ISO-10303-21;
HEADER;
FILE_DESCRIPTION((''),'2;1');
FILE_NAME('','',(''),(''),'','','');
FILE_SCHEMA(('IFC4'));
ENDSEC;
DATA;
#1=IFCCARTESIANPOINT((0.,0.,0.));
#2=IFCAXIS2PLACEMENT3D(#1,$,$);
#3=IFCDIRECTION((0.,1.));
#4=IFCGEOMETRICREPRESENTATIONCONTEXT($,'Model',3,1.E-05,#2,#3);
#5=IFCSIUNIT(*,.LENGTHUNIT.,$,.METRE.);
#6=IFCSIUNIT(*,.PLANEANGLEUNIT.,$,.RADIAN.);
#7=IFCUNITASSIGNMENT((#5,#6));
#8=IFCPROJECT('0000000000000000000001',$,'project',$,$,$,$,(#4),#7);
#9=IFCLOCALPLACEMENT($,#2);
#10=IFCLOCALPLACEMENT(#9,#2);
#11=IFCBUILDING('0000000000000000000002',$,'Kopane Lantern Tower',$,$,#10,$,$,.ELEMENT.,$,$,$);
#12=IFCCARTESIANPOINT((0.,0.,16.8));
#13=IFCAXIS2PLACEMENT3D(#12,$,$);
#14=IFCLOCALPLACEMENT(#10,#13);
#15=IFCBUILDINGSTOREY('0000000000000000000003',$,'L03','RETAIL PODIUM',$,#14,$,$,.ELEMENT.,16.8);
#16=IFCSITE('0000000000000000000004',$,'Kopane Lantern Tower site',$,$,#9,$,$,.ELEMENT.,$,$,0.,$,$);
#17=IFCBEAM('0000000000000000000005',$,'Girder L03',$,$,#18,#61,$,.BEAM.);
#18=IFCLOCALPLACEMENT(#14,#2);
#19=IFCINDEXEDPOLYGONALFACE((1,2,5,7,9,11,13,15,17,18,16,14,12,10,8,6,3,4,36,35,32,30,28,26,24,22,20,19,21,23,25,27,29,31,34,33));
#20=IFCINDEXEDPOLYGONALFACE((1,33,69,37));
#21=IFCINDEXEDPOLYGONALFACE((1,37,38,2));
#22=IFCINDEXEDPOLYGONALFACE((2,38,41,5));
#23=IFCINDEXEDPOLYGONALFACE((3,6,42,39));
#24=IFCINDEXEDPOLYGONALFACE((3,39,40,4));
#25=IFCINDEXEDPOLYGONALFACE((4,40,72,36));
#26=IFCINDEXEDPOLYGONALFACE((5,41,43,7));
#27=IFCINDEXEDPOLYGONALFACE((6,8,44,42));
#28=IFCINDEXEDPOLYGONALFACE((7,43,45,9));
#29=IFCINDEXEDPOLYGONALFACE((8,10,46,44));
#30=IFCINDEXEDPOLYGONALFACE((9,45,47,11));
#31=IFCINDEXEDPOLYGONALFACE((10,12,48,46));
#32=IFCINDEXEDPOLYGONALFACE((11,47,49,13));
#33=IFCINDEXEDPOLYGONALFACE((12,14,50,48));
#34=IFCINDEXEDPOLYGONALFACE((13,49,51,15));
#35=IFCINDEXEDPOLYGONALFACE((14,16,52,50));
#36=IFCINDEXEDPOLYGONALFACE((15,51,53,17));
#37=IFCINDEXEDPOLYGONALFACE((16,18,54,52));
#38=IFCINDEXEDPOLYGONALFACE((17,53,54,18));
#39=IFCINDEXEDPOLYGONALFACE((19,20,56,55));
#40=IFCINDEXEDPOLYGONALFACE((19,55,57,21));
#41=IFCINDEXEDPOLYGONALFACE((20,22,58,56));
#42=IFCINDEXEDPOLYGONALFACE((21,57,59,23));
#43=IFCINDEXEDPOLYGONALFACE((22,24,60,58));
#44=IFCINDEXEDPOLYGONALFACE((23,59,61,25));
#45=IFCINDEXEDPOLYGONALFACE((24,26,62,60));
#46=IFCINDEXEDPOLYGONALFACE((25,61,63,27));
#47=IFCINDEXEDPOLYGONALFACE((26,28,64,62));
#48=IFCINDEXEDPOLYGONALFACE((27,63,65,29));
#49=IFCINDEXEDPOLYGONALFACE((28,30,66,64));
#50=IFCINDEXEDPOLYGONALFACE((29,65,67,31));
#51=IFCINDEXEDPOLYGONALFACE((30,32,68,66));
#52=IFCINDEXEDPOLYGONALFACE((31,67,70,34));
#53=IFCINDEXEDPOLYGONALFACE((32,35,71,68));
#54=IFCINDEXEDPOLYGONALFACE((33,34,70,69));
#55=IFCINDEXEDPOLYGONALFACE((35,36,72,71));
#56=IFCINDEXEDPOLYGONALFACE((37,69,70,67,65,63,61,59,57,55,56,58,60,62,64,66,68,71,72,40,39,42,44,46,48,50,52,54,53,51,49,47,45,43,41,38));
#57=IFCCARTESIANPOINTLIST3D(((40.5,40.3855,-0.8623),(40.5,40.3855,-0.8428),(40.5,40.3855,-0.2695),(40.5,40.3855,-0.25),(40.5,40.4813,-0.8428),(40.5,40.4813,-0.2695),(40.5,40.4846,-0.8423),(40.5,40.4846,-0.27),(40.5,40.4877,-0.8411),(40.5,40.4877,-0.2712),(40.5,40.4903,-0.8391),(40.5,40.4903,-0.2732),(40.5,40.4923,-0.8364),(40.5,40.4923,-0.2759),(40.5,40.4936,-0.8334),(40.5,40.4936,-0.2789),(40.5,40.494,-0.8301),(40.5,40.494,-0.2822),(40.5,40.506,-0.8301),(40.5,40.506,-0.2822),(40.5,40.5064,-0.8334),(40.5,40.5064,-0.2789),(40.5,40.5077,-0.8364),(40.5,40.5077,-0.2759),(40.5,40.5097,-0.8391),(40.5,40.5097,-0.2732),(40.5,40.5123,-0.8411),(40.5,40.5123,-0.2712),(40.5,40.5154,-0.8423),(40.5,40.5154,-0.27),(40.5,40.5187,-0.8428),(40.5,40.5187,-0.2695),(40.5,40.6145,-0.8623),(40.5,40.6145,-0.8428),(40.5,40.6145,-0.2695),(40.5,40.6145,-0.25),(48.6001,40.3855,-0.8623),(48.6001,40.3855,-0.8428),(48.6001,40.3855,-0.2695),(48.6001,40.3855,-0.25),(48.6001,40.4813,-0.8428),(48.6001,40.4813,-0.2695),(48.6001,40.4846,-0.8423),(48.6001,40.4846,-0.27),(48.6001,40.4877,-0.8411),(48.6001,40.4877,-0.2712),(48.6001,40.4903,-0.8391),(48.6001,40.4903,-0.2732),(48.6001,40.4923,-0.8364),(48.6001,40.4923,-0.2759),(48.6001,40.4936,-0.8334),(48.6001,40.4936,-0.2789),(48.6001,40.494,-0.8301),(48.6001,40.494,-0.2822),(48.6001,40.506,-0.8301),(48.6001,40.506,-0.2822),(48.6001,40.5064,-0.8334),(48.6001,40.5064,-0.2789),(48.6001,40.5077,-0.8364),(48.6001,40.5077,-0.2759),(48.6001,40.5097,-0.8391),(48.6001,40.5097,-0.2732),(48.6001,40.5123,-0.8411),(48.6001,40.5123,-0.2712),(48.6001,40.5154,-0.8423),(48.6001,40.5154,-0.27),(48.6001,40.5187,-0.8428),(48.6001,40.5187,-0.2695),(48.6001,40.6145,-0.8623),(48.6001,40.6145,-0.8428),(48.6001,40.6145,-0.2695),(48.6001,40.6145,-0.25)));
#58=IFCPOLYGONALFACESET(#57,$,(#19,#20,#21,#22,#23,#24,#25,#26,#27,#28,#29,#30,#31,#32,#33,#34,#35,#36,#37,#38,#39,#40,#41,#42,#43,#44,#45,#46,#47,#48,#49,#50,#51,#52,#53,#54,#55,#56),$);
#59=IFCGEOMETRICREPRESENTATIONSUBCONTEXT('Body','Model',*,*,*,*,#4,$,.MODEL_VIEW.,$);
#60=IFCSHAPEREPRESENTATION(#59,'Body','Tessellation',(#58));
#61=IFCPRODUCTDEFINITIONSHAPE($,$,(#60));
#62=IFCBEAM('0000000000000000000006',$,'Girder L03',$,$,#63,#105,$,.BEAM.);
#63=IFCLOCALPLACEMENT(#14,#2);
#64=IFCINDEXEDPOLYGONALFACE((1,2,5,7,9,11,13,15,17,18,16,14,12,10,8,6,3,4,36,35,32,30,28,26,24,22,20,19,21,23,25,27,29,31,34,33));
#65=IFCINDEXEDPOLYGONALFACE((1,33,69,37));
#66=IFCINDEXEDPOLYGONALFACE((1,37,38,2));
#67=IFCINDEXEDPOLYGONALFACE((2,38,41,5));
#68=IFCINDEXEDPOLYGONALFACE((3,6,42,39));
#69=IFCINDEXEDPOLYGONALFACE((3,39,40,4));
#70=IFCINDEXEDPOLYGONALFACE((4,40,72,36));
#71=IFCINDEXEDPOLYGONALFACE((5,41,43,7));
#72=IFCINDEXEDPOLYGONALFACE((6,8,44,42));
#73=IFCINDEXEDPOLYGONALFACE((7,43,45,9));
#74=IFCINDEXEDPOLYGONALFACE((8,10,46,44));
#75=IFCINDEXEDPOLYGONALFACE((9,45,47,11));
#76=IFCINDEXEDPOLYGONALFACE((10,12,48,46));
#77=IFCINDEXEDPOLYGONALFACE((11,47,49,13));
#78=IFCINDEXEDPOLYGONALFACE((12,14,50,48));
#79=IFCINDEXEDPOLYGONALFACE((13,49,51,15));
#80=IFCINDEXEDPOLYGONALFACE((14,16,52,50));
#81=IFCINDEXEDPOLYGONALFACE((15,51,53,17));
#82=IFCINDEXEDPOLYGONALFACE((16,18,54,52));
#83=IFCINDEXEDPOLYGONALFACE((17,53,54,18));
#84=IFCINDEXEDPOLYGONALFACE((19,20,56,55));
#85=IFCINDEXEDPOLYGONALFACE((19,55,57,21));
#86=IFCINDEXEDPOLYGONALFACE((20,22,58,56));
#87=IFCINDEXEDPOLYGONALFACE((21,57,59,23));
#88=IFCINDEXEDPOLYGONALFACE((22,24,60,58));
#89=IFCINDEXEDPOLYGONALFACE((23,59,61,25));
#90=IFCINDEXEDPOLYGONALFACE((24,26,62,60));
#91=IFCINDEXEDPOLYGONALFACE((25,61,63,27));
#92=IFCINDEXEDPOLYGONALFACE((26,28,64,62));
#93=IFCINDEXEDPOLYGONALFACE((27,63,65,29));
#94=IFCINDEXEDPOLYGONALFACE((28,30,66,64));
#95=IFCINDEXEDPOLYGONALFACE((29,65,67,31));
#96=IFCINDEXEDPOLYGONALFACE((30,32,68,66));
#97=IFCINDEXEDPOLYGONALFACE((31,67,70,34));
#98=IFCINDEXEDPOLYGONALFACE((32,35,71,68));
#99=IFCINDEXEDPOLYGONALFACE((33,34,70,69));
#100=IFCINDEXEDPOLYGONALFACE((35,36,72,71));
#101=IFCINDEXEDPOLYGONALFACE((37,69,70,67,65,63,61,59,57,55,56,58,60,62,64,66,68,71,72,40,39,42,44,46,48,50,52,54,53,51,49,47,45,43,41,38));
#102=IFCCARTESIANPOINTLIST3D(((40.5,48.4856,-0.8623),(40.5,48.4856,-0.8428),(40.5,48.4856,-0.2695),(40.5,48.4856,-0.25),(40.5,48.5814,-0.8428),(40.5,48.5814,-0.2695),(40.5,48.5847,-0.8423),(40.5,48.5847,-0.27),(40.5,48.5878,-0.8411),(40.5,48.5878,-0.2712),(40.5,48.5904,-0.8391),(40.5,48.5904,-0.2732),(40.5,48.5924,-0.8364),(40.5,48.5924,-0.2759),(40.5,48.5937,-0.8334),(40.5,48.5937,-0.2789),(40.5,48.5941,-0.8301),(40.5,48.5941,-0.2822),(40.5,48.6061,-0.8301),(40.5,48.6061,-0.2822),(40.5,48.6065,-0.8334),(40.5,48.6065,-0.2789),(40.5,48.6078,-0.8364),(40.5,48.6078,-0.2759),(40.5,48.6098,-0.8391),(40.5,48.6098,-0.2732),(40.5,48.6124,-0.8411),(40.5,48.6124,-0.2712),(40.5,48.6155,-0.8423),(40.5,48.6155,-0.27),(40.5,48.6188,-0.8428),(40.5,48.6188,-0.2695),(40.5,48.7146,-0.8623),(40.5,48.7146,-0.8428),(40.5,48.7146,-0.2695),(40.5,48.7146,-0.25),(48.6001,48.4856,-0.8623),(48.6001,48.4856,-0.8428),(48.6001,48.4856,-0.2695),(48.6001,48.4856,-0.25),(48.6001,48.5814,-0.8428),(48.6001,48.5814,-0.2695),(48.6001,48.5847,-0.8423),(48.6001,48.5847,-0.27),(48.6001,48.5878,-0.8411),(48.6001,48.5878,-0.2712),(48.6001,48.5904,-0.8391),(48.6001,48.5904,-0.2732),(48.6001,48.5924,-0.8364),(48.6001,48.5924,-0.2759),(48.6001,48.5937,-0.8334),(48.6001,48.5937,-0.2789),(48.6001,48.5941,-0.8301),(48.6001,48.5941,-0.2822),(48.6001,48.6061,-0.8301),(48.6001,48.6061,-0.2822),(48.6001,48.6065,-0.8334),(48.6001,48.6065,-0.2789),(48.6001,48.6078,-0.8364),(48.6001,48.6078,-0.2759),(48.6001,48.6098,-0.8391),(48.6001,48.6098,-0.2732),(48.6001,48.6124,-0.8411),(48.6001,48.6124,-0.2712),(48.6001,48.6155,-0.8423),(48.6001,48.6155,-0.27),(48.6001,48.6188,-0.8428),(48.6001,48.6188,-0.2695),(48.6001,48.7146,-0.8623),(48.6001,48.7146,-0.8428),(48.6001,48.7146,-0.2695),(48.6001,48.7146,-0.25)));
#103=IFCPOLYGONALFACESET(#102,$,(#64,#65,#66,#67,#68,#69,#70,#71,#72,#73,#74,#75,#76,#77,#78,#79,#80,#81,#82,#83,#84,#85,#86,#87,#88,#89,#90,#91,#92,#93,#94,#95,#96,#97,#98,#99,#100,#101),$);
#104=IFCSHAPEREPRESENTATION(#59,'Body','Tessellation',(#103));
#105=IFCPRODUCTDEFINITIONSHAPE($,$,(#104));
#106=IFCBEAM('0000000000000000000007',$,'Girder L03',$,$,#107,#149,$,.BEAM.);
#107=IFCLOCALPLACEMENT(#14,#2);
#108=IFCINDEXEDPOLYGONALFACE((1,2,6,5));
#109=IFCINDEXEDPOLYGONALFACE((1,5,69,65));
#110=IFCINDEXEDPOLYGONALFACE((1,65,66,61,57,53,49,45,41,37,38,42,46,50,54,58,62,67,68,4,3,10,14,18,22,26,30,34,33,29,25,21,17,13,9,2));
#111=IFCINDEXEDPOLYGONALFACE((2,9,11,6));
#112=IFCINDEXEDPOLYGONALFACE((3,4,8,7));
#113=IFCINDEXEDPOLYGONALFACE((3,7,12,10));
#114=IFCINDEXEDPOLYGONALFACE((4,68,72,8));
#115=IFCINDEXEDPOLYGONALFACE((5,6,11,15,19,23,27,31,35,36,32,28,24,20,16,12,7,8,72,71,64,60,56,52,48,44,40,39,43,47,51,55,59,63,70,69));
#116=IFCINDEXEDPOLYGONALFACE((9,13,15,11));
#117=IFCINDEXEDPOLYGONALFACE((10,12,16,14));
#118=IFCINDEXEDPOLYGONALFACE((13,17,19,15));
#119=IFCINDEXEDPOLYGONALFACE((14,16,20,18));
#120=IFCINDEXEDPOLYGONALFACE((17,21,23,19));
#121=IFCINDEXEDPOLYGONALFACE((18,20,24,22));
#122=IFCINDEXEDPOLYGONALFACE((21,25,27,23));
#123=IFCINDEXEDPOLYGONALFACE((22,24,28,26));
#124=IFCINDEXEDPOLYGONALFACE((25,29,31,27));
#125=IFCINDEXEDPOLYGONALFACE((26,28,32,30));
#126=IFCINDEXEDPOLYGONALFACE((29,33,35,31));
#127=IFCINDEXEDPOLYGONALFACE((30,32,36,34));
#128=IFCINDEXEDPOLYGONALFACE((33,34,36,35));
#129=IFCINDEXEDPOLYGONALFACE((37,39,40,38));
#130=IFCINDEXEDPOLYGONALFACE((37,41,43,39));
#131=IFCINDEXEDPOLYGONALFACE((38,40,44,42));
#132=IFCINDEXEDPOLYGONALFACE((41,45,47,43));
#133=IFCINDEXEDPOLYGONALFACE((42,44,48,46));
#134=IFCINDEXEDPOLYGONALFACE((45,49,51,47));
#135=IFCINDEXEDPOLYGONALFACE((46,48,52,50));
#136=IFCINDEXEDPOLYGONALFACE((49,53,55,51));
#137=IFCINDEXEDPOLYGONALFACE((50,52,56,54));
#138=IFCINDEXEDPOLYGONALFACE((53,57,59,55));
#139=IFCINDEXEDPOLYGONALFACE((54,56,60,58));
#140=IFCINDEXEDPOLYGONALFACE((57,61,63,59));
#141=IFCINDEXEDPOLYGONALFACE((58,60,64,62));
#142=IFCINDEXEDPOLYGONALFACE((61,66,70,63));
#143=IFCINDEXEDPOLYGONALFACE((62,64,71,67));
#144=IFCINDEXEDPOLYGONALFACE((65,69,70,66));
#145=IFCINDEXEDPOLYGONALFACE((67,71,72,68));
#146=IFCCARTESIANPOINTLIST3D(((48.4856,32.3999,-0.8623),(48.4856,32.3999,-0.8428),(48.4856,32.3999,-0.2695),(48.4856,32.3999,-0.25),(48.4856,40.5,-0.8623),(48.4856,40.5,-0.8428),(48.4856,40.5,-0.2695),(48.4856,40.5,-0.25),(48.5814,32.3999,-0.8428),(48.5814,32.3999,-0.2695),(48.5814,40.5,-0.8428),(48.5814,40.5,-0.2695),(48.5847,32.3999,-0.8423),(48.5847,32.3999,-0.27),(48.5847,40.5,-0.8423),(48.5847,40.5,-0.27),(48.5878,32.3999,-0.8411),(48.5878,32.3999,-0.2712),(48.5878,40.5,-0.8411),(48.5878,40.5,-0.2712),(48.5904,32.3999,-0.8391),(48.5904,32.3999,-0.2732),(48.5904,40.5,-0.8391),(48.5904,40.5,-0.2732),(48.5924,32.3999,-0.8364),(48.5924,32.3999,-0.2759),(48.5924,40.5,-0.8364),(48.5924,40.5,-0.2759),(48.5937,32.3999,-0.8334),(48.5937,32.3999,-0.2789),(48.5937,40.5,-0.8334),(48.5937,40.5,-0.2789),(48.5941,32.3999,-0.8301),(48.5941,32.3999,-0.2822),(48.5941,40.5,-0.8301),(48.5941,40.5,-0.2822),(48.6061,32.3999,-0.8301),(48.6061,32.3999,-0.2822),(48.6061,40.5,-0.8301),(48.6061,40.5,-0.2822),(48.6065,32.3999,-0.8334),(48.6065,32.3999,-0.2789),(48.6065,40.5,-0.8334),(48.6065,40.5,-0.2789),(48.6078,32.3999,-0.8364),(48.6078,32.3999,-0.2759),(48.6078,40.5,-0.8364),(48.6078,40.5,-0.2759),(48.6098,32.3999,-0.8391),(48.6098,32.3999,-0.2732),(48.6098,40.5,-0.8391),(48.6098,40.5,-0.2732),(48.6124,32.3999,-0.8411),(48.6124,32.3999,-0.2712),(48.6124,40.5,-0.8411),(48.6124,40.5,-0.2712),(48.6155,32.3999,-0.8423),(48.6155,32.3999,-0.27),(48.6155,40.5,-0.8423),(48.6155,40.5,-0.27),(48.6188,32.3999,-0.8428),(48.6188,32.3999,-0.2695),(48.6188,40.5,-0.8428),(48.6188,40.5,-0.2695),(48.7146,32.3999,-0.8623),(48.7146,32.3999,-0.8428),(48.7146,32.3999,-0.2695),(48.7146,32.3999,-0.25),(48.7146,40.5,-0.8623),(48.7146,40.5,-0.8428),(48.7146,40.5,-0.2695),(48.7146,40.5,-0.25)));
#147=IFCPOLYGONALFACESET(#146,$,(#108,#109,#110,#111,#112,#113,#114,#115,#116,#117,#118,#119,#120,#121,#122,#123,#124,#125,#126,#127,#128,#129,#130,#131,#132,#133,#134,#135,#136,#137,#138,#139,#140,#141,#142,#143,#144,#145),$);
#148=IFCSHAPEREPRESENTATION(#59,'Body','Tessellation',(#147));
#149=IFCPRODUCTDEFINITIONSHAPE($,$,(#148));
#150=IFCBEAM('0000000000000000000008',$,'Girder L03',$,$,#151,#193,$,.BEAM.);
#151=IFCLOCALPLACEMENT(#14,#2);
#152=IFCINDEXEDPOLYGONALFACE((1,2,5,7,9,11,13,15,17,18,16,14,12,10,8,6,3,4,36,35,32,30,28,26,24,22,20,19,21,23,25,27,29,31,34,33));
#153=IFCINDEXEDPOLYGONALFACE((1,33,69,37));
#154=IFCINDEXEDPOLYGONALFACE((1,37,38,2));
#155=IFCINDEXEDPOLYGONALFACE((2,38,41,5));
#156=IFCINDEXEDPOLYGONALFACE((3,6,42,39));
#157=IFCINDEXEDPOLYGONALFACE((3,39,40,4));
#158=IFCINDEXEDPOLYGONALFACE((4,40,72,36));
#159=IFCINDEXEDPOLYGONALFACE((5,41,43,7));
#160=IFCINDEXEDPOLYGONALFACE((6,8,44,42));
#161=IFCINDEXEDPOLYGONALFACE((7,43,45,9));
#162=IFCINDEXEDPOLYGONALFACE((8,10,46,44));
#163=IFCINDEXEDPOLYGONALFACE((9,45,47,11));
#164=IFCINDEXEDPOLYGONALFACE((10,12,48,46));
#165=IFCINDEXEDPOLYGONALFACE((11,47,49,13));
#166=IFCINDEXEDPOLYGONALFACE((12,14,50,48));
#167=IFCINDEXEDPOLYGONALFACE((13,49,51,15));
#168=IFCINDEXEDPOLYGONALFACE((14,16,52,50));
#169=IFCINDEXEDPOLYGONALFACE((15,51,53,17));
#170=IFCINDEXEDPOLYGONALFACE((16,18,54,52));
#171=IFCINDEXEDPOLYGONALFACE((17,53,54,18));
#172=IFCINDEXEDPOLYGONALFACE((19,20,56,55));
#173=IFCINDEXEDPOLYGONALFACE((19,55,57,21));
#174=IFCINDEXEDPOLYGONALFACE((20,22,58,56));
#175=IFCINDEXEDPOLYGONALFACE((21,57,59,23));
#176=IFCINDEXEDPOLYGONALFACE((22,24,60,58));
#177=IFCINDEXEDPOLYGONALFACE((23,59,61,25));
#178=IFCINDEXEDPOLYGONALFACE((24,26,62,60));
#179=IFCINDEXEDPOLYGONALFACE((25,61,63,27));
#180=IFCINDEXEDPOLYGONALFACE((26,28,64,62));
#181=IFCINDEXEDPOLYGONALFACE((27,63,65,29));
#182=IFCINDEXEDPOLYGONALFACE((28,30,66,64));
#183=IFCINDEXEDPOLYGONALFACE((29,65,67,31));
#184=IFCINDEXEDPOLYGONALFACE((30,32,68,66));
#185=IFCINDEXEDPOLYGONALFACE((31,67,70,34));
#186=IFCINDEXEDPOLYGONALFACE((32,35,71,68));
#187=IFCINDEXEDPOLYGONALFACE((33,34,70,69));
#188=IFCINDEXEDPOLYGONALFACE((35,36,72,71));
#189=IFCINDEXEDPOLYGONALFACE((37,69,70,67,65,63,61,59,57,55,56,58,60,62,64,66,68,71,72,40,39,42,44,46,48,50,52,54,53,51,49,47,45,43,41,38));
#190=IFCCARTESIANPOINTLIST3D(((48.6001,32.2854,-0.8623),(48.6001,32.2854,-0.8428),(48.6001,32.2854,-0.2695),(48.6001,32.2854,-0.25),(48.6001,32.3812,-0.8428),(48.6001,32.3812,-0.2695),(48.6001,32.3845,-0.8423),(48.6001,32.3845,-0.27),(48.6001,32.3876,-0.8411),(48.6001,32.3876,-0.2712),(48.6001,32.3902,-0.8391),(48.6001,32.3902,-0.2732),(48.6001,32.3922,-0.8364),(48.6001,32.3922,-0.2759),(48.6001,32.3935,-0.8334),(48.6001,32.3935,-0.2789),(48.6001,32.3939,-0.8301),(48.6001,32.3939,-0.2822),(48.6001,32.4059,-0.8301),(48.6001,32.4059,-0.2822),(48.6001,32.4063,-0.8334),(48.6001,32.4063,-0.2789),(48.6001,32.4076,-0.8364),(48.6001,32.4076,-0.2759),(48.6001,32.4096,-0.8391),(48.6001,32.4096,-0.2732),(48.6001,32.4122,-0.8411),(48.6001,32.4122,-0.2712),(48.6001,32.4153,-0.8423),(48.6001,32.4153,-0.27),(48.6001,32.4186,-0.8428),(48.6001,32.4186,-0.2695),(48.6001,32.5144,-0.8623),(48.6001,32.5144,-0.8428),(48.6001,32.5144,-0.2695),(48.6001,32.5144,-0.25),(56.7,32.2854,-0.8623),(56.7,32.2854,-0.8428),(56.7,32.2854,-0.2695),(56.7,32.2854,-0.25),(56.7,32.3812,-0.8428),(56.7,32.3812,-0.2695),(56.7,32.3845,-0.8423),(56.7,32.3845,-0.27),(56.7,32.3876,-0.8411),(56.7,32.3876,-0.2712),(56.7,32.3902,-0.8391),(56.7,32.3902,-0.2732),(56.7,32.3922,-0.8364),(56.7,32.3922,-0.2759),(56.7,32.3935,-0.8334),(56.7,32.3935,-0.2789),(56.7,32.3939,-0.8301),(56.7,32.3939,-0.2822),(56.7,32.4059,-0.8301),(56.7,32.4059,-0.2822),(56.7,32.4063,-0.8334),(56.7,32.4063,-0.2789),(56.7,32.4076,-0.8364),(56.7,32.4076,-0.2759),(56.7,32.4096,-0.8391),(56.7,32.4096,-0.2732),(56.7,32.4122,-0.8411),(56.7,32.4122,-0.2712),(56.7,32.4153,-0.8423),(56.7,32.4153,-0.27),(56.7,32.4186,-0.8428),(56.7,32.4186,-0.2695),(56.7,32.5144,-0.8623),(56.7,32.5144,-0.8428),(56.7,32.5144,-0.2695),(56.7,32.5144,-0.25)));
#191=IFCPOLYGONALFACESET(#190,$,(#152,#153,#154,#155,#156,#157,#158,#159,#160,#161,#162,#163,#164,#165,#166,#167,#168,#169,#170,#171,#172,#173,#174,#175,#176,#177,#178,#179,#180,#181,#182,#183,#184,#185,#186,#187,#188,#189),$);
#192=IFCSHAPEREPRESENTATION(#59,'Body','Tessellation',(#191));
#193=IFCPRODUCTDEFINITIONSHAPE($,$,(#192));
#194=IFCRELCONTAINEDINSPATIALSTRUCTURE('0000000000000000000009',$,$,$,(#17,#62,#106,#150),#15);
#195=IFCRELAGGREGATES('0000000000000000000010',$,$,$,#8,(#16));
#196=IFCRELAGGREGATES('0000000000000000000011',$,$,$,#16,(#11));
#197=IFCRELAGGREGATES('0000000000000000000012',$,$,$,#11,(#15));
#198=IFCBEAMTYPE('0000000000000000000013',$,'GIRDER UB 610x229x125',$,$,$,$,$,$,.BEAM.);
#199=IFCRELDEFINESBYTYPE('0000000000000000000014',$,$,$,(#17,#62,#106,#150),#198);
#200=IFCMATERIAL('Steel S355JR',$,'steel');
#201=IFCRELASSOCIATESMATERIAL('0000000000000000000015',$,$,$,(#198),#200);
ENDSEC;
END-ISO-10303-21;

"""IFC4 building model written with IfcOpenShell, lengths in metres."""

from ifc_helpers import new_model, si_unit, direction, frame, origin, origin_2d, place, context, subcontext, project, spatial, i_section, extrude, material, material_profile, profile_set, type_object, element, save


model = new_model("IFC4")

# Units and contexts
model_context = context("Model", 3, precision=1e-05, world=origin(), true_north=direction((0.0, 1.0)))
body_context = subcontext(model_context, "Body", "Model", "MODEL_VIEW")
ifc_project = project(units=[si_unit("LENGTHUNIT", "METRE"), si_unit("PLANEANGLEUNIT", "RADIAN")], contexts=[model_context])

# Site, building, storey
site_placement = place(None, origin())
site = spatial("IfcSite", under=ifc_project, at=site_placement, Name="Kopane Lantern Tower site", CompositionType="ELEMENT", RefElevation=0.0)
building_placement = place(site_placement, origin())
building = spatial("IfcBuilding", under=site, at=building_placement, Name="Kopane Lantern Tower", CompositionType="ELEMENT")
storey_placement = place(building_placement, frame((0.0, 0.0, 16.8)))
storey = spatial("IfcBuildingStorey", under=building, at=storey_placement, Name="L03", Description="RETAIL PODIUM", CompositionType="ELEMENT", Elevation=16.8)

# Beams
ifc_material_1 = material(Name="Steel S355JR", Category="steel")
ifc_material_profile_1 = material_profile(ifc_material_1, i_section(OverallWidth=0.229, OverallDepth=0.6123, WebThickness=0.012, FlangeThickness=0.0195, FilletRadius=0.0127, at=origin_2d()), Name="UB 610x229x125")
ifc_profile_set_1 = profile_set([ifc_material_profile_1], Name="Steel S355JR")
beam_type = type_object("IfcBeamType", Name="GIRDER UB 610x229x125", PredefinedType="BEAM", material=ifc_profile_set_1)
for number, where, z_axis, x_axis, name in (
    (1, (40.5, 40.5, -0.5562), (1.0, 0.0, 0.0), (0.0, 1.0, 0.0), "Girder L03"),
    (2, (40.5, 48.6001, -0.5562), (1.0, 0.0, 0.0), (0.0, 1.0, 0.0), "Girder L03"),
    (3, (48.6001, 32.3999, -0.5562), (0.0, 1.0, 0.0), (-1.0, 0.0, 0.0), "Girder L03"),
):
    element("IfcBeam", number, at=place(storey_placement, frame(where, z_axis=z_axis, x_axis=x_axis)), inside=storey, type_object=beam_type, Name=name, PredefinedType="BEAM", context=body_context, shape_type="SweptSolid", body=[
        extrude(i_section(OverallWidth=0.229, OverallDepth=0.6123, WebThickness=0.012, FlangeThickness=0.0195, FilletRadius=0.0127, at=origin_2d()), origin(), (0.0, 0.0, 1.0), 8.1001),
    ])
beam_1_placement = place(storey_placement, frame((48.6001, 32.3999, -0.5562), z_axis=(1.0, 0.0, 0.0), x_axis=(0.0, 1.0, 0.0)))
element("IfcBeam", 4, at=beam_1_placement, inside=storey, type_object=beam_type, Name="Girder L03", PredefinedType="BEAM", context=body_context, shape_type="SweptSolid", body=[
    extrude(i_section(OverallWidth=0.229, OverallDepth=0.6123, WebThickness=0.012, FlangeThickness=0.0195, FilletRadius=0.0127, at=origin_2d()), origin(), (0.0, 0.0, 1.0), 8.0999),
])

save(model, "model.ifc")
